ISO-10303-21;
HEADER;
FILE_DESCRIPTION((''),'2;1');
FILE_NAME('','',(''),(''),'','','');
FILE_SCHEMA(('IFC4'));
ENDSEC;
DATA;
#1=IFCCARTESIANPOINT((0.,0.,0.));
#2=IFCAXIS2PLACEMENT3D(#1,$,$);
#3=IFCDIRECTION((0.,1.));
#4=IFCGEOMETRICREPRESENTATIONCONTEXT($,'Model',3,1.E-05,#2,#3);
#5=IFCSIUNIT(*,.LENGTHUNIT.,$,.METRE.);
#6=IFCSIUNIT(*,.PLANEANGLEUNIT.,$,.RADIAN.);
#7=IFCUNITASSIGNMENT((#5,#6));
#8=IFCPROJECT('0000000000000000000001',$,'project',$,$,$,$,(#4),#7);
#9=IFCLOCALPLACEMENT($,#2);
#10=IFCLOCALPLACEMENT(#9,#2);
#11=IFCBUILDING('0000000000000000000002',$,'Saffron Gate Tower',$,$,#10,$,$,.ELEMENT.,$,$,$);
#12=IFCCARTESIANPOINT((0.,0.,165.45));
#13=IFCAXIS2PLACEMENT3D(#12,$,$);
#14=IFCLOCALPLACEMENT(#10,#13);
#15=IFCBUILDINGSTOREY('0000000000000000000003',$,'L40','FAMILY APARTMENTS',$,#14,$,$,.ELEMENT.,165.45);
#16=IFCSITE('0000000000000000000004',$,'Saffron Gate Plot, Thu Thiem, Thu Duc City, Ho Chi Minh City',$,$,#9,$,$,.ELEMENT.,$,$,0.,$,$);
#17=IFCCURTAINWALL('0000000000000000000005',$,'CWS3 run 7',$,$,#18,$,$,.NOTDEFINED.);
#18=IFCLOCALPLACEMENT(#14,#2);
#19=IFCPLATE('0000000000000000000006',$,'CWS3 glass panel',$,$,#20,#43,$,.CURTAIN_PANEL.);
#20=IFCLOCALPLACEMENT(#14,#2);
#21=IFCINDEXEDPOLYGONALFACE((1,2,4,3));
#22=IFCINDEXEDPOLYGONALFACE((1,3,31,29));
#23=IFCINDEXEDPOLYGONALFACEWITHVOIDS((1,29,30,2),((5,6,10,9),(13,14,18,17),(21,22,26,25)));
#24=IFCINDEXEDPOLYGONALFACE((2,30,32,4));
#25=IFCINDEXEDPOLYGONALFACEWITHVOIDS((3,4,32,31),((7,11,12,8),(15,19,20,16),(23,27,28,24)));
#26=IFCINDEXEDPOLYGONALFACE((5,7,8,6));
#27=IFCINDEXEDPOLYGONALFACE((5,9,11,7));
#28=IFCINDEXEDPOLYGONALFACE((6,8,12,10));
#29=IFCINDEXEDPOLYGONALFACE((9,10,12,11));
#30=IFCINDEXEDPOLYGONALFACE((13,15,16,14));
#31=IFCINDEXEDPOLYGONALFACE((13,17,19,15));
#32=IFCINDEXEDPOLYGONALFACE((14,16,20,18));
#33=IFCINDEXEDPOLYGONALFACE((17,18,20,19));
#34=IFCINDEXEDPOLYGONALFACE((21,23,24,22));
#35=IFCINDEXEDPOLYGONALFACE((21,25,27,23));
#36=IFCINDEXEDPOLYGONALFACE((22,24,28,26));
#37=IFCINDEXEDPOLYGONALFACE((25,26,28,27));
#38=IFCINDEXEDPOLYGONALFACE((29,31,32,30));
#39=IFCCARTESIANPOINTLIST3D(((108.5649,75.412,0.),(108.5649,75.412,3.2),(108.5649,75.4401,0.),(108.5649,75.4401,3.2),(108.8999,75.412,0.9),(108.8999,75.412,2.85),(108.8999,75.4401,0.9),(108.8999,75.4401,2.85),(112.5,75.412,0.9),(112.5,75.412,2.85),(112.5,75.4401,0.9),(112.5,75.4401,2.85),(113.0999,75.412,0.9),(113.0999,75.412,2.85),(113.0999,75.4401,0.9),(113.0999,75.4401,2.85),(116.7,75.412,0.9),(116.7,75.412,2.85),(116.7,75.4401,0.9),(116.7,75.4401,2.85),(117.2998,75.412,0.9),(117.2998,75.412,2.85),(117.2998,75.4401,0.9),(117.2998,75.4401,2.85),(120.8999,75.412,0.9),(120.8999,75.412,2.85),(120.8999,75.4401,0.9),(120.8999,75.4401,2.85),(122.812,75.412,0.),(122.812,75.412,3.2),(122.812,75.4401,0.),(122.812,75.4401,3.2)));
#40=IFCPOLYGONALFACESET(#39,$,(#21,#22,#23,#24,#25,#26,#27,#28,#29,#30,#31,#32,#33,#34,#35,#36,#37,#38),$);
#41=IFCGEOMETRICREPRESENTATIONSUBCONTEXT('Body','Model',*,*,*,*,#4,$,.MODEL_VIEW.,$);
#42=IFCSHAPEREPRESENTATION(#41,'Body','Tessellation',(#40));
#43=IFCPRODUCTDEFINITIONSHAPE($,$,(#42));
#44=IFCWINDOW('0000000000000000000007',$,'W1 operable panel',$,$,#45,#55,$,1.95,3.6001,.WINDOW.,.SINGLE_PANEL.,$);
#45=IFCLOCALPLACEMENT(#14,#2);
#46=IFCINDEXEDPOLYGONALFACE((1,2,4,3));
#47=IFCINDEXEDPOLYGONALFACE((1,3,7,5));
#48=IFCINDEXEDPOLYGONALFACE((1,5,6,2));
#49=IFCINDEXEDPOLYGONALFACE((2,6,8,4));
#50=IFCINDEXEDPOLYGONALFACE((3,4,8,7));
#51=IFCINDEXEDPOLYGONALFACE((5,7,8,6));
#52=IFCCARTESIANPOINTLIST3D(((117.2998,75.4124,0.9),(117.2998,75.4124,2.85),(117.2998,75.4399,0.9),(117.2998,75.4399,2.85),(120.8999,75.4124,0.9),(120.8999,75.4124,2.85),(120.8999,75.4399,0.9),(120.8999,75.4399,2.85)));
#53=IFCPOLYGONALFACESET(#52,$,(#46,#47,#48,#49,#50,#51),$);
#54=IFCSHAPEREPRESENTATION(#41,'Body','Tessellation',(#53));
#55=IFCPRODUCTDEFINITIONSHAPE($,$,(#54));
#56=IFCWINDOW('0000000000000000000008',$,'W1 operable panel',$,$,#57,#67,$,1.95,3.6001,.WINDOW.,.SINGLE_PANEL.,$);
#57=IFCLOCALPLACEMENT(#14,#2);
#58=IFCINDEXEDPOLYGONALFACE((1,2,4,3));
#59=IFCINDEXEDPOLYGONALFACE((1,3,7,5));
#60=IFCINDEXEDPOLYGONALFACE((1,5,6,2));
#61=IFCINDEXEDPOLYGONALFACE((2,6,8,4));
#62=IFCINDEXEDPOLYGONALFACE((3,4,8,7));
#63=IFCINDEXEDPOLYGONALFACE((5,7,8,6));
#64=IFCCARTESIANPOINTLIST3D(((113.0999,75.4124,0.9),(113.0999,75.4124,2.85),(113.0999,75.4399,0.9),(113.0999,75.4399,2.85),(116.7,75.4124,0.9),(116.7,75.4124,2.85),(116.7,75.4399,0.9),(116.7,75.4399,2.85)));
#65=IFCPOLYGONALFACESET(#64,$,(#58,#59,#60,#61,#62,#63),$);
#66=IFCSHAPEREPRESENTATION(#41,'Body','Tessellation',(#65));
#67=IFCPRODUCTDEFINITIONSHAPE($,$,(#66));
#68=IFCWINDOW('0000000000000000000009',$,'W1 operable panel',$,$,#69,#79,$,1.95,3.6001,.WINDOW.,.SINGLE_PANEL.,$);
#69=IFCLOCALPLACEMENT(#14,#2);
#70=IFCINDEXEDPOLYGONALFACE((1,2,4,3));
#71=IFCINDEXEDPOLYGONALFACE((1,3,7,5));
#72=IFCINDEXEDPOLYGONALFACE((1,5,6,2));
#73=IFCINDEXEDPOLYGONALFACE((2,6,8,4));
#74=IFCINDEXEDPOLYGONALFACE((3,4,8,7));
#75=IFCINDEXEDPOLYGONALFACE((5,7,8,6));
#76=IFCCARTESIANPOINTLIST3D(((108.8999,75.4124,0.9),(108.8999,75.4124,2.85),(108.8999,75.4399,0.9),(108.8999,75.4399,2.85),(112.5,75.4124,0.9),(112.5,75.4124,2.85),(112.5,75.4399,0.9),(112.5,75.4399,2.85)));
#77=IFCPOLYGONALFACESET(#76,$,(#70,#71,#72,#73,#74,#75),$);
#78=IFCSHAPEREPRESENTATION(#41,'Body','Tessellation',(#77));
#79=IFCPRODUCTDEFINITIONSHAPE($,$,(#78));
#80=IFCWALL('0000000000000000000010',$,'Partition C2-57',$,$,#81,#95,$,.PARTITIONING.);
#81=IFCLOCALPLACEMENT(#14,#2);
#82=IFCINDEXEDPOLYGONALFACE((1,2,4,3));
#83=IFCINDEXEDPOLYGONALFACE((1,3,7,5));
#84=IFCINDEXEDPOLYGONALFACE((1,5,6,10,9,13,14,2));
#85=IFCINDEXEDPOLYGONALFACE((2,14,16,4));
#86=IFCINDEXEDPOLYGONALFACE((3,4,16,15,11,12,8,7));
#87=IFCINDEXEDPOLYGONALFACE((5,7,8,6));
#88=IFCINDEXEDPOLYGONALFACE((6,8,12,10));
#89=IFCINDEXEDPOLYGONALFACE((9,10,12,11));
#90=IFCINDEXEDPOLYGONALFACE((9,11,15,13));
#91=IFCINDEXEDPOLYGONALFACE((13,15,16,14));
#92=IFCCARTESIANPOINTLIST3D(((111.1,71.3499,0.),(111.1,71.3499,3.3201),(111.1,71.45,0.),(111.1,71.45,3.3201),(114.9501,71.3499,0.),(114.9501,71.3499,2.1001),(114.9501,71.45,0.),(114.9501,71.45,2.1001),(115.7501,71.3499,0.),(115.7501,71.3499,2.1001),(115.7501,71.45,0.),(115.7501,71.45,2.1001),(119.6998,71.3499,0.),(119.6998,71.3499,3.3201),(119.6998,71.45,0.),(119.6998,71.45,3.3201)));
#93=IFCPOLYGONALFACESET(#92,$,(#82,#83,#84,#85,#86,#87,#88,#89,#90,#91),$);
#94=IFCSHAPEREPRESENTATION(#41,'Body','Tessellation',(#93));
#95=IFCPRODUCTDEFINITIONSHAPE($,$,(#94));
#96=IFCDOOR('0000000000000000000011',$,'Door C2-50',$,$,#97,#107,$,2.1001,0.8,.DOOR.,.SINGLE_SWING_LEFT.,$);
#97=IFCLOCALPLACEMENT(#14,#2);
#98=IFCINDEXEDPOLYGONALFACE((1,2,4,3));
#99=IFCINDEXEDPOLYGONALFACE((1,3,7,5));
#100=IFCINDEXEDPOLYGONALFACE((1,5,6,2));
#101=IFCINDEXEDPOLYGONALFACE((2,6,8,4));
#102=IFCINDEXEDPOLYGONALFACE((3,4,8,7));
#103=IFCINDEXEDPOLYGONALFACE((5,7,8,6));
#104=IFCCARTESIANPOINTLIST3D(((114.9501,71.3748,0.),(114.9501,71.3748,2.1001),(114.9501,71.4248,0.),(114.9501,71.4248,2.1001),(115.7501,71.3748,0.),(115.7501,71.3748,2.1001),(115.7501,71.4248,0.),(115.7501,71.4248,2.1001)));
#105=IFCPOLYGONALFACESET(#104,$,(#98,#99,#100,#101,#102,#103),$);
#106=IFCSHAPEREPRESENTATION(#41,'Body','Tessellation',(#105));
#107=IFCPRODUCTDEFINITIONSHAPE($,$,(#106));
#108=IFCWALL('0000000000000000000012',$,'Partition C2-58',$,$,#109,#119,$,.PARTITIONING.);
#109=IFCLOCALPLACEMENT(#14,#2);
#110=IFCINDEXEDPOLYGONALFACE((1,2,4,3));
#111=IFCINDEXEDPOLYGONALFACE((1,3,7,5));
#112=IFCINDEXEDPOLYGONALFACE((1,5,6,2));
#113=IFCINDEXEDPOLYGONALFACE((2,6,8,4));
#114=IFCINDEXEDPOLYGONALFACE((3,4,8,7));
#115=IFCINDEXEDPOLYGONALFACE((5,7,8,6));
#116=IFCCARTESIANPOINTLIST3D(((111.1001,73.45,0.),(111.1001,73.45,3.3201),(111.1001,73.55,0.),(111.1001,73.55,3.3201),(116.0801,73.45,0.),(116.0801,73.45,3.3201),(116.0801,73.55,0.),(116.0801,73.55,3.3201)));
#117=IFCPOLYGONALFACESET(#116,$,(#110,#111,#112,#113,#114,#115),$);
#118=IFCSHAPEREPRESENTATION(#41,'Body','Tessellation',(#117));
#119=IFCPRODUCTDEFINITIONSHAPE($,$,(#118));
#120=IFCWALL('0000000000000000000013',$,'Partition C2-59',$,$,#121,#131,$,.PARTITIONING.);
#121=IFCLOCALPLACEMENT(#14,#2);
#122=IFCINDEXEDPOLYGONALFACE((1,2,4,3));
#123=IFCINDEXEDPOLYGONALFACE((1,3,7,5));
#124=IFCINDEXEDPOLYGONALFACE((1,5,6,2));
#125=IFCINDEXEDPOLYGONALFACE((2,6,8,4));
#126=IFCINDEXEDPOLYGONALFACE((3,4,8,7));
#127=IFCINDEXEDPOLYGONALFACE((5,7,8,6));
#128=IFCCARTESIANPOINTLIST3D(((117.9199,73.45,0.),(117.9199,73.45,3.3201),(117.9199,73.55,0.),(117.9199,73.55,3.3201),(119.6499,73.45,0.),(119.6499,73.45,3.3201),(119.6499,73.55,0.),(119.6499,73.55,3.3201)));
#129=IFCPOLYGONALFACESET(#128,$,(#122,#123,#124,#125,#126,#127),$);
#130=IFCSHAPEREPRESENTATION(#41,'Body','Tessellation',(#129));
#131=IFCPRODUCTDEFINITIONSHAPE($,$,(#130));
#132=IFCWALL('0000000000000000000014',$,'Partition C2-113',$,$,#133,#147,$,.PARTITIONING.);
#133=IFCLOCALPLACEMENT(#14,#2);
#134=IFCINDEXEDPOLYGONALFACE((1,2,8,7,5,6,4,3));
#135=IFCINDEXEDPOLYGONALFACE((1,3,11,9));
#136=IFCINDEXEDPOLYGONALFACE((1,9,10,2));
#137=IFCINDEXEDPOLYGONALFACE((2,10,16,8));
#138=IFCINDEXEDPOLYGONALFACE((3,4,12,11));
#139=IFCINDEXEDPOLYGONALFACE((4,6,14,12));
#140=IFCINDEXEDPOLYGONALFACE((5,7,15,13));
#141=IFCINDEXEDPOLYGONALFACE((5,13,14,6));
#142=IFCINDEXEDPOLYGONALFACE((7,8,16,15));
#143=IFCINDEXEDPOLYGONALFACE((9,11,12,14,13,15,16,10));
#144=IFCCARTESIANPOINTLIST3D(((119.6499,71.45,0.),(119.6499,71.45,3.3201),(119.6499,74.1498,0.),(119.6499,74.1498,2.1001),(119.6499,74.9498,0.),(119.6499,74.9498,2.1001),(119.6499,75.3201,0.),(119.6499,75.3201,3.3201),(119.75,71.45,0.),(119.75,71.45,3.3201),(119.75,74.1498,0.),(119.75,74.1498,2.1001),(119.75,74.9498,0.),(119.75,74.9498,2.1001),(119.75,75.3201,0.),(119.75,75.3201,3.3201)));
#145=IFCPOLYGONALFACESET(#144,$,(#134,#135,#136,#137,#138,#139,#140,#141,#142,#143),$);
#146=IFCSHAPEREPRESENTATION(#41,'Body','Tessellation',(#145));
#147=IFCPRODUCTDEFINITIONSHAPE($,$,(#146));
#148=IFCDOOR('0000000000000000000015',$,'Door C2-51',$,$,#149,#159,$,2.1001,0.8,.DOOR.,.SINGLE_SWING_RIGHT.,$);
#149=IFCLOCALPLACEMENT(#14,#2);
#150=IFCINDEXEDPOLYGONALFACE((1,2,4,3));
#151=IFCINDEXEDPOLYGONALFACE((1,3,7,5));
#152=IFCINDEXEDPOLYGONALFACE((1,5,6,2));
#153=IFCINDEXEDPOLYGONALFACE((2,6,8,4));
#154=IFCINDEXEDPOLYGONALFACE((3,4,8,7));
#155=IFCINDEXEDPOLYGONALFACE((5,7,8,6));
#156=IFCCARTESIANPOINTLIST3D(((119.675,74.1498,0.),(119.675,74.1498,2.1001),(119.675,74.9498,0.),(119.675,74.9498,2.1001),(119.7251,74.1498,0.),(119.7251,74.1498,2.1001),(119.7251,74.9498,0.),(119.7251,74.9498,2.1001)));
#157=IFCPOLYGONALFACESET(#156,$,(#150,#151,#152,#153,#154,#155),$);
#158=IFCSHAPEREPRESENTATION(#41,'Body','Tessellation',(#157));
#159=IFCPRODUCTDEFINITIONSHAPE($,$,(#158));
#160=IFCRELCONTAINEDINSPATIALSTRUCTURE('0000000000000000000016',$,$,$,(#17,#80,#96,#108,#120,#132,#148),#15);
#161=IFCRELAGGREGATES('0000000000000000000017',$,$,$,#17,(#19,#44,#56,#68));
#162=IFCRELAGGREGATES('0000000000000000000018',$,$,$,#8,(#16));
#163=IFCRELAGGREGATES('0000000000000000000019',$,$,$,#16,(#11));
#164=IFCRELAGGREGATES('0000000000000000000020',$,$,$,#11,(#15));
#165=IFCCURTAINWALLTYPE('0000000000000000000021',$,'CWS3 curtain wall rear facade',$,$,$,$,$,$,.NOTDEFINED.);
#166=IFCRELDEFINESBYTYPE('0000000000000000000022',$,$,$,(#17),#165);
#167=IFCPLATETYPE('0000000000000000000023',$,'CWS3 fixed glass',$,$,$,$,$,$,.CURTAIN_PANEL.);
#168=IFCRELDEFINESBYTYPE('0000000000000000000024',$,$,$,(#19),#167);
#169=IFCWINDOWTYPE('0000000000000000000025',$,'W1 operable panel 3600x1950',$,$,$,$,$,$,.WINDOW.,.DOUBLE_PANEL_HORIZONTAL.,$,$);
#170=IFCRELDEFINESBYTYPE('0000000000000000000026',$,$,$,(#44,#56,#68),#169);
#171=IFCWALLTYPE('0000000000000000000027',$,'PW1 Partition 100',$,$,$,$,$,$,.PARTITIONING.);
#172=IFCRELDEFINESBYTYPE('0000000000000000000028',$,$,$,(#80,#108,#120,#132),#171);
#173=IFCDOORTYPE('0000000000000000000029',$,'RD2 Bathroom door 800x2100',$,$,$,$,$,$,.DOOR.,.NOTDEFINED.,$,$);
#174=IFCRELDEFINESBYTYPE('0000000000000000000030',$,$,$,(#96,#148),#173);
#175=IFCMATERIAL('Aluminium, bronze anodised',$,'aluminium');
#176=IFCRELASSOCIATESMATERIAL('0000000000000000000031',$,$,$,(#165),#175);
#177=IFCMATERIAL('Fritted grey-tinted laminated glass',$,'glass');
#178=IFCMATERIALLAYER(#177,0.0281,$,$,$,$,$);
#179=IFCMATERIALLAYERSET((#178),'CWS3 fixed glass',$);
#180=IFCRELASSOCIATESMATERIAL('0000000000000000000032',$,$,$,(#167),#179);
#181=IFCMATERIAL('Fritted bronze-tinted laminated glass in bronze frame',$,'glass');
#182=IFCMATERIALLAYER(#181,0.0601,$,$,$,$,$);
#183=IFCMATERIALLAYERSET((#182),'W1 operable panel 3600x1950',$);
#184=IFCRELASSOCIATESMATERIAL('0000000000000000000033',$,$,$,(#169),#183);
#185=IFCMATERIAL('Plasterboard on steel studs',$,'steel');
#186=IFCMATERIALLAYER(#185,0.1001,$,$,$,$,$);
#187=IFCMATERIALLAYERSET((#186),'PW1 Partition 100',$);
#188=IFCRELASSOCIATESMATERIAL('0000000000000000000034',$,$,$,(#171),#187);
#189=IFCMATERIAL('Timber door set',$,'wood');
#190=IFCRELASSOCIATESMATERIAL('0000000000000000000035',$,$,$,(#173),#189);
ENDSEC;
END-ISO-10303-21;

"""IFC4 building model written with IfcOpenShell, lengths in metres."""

from ifc_helpers import new_model, si_unit, direction, frame, frame_2d, origin, place, context, subcontext, project, spatial, rectangle, extrude, material, layer, layer_set, type_object, element, fill, aggregate, save


model = new_model("IFC4")

# Units and contexts
model_context = context("Model", 3, precision=1e-05, world=origin(), true_north=direction((0.0, 1.0)))
body_context = subcontext(model_context, "Body", "Model", "MODEL_VIEW")
ifc_project = project(units=[si_unit("LENGTHUNIT", "METRE"), si_unit("PLANEANGLEUNIT", "RADIAN")], contexts=[model_context])

# Site, building, storey
site_placement = place(None, origin())
site = spatial("IfcSite", under=ifc_project, at=site_placement, Name="Saffron Gate Plot, Thu Thiem, Thu Duc City, Ho Chi Minh City", CompositionType="ELEMENT", RefElevation=0.0)
building_placement = place(site_placement, origin())
building = spatial("IfcBuilding", under=site, at=building_placement, Name="Saffron Gate Tower", CompositionType="ELEMENT")
storey_placement = place(building_placement, frame((0.0, 0.0, 165.45)))
storey = spatial("IfcBuildingStorey", under=building, at=storey_placement, Name="L40", Description="FAMILY APARTMENTS", CompositionType="ELEMENT", Elevation=165.45)

# Curtain wall
ifc_material_1 = material(Name="Aluminium, bronze anodised", Category="aluminium")
curtain_wall_type_1 = type_object("IfcCurtainWallType", Name="CWS3 curtain wall rear facade", PredefinedType="NOTDEFINED", material=ifc_material_1)
curtain_wall_1_placement = place(storey_placement, origin())
curtain_wall_1 = element("IfcCurtainWall", 1, at=curtain_wall_1_placement, inside=storey, type_object=curtain_wall_type_1, Name="CWS3 run 7", PredefinedType="NOTDEFINED")

# Plate, openings, windows
ifc_material_2 = material(Name="Fritted grey-tinted laminated glass", Category="glass")
ifc_layer_1 = layer(ifc_material_2, 0.0281)
ifc_layer_set_1 = layer_set([ifc_layer_1], Name="CWS3 fixed glass")
plate_type = type_object("IfcPlateType", Name="CWS3 fixed glass", PredefinedType="CURTAIN_PANEL", material=ifc_layer_set_1)
plate_placement = place(storey_placement, frame((122.812, 75.426, 0.0), z_axis=(0.0, 0.0, 1.0), x_axis=(-1.0, 0.0, 0.0)))
plate = element("IfcPlate", 2, at=plate_placement, type_object=plate_type, Name="CWS3 glass panel", PredefinedType="CURTAIN_PANEL", context=body_context, shape_type="SweptSolid", body=[
    extrude(rectangle(XDim=14.2471, YDim=0.0281, at=frame_2d((7.1235, 0.0))), origin(), (0.0, 0.0, 1.0), 3.2),
])
opening_1_placement = place(plate_placement, frame((1.9121, 0.0, 0.8999)))
opening_1 = element("IfcOpeningElement", 3, at=opening_1_placement, cuts=plate, PredefinedType="OPENING", context=body_context, shape_type="SweptSolid", body=[
    extrude(rectangle(XDim=3.6001, YDim=1.95, at=frame_2d((1.8, 0.9751))), frame((0.0, 0.0239, 0.0), z_axis=(0.0, -1.0, 0.0), x_axis=(1.0, 0.0, 0.0)), (0.0, 0.0, 1.0), 0.0481),
])
opening_2_placement = place(plate_placement, frame((6.1121, 0.0, 0.8999)))
opening_2 = element("IfcOpeningElement", 4, at=opening_2_placement, cuts=plate, PredefinedType="OPENING", context=body_context, shape_type="SweptSolid", body=[
    extrude(rectangle(XDim=3.6001, YDim=1.95, at=frame_2d((1.8, 0.9751))), frame((0.0, 0.0239, 0.0), z_axis=(0.0, -1.0, 0.0), x_axis=(1.0, 0.0, 0.0)), (0.0, 0.0, 1.0), 0.0481),
])
opening_3_placement = place(plate_placement, frame((10.312, 0.0, 0.8999)))
opening_3 = element("IfcOpeningElement", 5, at=opening_3_placement, cuts=plate, PredefinedType="OPENING", context=body_context, shape_type="SweptSolid", body=[
    extrude(rectangle(XDim=3.6001, YDim=1.95, at=frame_2d((1.8, 0.9751))), frame((0.0, 0.0239, 0.0), z_axis=(0.0, -1.0, 0.0), x_axis=(1.0, 0.0, 0.0)), (0.0, 0.0, 1.0), 0.0481),
])
ifc_material_3 = material(Name="Fritted bronze-tinted laminated glass in bronze frame", Category="glass")
ifc_layer_2 = layer(ifc_material_3, 0.0601)
ifc_layer_set_2 = layer_set([ifc_layer_2], Name="W1 operable panel 3600x1950")
window_type = type_object("IfcWindowType", Name="W1 operable panel 3600x1950", PartitioningType="DOUBLE_PANEL_HORIZONTAL", PredefinedType="WINDOW", material=ifc_layer_set_2)
window_1_placement = place(opening_1_placement, origin())
window_1 = element("IfcWindow", 6, at=window_1_placement, type_object=window_type, Name="W1 operable panel", OverallHeight=1.95, OverallWidth=3.6001, PartitioningType="SINGLE_PANEL", PredefinedType="WINDOW", context=body_context, shape_type="SweptSolid", body=[
    extrude(rectangle(XDim=3.6001, YDim=1.95, at=frame_2d((1.8, 0.9751))), frame((0.0, 0.0137, 0.0), z_axis=(0.0, -1.0, 0.0), x_axis=(1.0, 0.0, 0.0)), (0.0, 0.0, 1.0), 0.0276),
])
fill(opening_1, window_1)
window_2_placement = place(opening_2_placement, origin())
window_2 = element("IfcWindow", 7, at=window_2_placement, type_object=window_type, Name="W1 operable panel", OverallHeight=1.95, OverallWidth=3.6001, PartitioningType="SINGLE_PANEL", PredefinedType="WINDOW", context=body_context, shape_type="SweptSolid", body=[
    extrude(rectangle(XDim=3.6001, YDim=1.95, at=frame_2d((1.8, 0.9751))), frame((0.0, 0.0137, 0.0), z_axis=(0.0, -1.0, 0.0), x_axis=(1.0, 0.0, 0.0)), (0.0, 0.0, 1.0), 0.0276),
])
fill(opening_2, window_2)
window_3_placement = place(opening_3_placement, origin())
window_3 = element("IfcWindow", 8, at=window_3_placement, type_object=window_type, Name="W1 operable panel", OverallHeight=1.95, OverallWidth=3.6001, PartitioningType="SINGLE_PANEL", PredefinedType="WINDOW", context=body_context, shape_type="SweptSolid", body=[
    extrude(rectangle(XDim=3.6001, YDim=1.95, at=frame_2d((1.8, 0.9751))), frame((0.0, 0.0137, 0.0), z_axis=(0.0, -1.0, 0.0), x_axis=(1.0, 0.0, 0.0)), (0.0, 0.0, 1.0), 0.0276),
])
fill(opening_3, window_3)
aggregate(curtain_wall_1, [plate, window_1, window_2, window_3])

# Wall, opening, door
ifc_material_4 = material(Name="Plasterboard on steel studs", Category="steel")
ifc_layer_3 = layer(ifc_material_4, 0.1001)
ifc_layer_set_3 = layer_set([ifc_layer_3], Name="PW1 Partition 100")
wall_type = type_object("IfcWallType", Name="PW1 Partition 100", PredefinedType="PARTITIONING", material=ifc_layer_set_3)
wall_1_placement = place(storey_placement, frame((111.1001, 71.3999, 0.0), z_axis=(0.0, 0.0, 1.0), x_axis=(1.0, 0.0, 0.0)))
wall_1 = element("IfcWall", 9, at=wall_1_placement, inside=storey, type_object=wall_type, Name="Partition C2-57", PredefinedType="PARTITIONING", context=body_context, shape_type="SweptSolid", body=[
    extrude(rectangle(XDim=8.5999, YDim=0.1001, at=frame_2d((4.2998, 0.0))), origin(), (0.0, 0.0, 1.0), 3.3201),
])
opening_4_placement = place(wall_1_placement, frame((3.8501, 0.0, 0.0)))
opening_4 = element("IfcOpeningElement", 10, at=opening_4_placement, cuts=wall_1, PredefinedType="OPENING", context=body_context, shape_type="SweptSolid", body=[
    extrude(rectangle(XDim=0.8, YDim=2.1001, at=frame_2d((0.3999, 1.05))), frame((0.0, 0.0601, 0.0), z_axis=(0.0, -1.0, 0.0), x_axis=(1.0, 0.0, 0.0)), (0.0, 0.0, 1.0), 0.1201),
])
ifc_material_5 = material(Name="Timber door set", Category="wood")
door_type_1 = type_object("IfcDoorType", Name="RD2 Bathroom door 800x2100", OperationType="NOTDEFINED", PredefinedType="DOOR", material=ifc_material_5)
door_1_placement = place(opening_4_placement, origin())
door_1 = element("IfcDoor", 11, at=door_1_placement, inside=storey, type_object=door_type_1, Name="Door C2-50", OperationType="SINGLE_SWING_LEFT", OverallHeight=2.1001, OverallWidth=0.8, PredefinedType="DOOR", context=body_context, shape_type="SweptSolid", body=[
    extrude(rectangle(XDim=0.8, YDim=2.1001, at=frame_2d((0.3999, 1.05))), frame((0.0, 0.0249, 0.0), z_axis=(0.0, -1.0, 0.0), x_axis=(1.0, 0.0, 0.0)), (0.0, 0.0, 1.0), 0.05),
])
fill(opening_4, door_1)

# Walls
wall_2_placement = place(storey_placement, frame((111.1001, 73.5, 0.0), z_axis=(0.0, 0.0, 1.0), x_axis=(1.0, 0.0, 0.0)))
element("IfcWall", 12, at=wall_2_placement, inside=storey, type_object=wall_type, Name="Partition C2-58", PredefinedType="PARTITIONING", context=body_context, shape_type="SweptSolid", body=[
    extrude(rectangle(XDim=4.98, YDim=0.1001, at=frame_2d((2.49, 0.0))), origin(), (0.0, 0.0, 1.0), 3.3201),
])
wall_3_placement = place(storey_placement, frame((117.9199, 73.5, 0.0), z_axis=(0.0, 0.0, 1.0), x_axis=(1.0, 0.0, 0.0)))
element("IfcWall", 13, at=wall_3_placement, inside=storey, type_object=wall_type, Name="Partition C2-59", PredefinedType="PARTITIONING", context=body_context, shape_type="SweptSolid", body=[
    extrude(rectangle(XDim=1.73, YDim=0.1001, at=frame_2d((0.865, 0.0))), origin(), (0.0, 0.0, 1.0), 3.3201),
])

# Wall, opening, door
wall_4_placement = place(storey_placement, frame((119.7, 71.45, 0.0), z_axis=(0.0, 0.0, 1.0), x_axis=(0.0, 1.0, 0.0)))
wall_4 = element("IfcWall", 14, at=wall_4_placement, inside=storey, type_object=wall_type, Name="Partition C2-113", PredefinedType="PARTITIONING", context=body_context, shape_type="SweptSolid", body=[
    extrude(rectangle(XDim=3.8701, YDim=0.1001, at=frame_2d((1.9351, 0.0))), origin(), (0.0, 0.0, 1.0), 3.3201),
])
opening_5_placement = place(wall_4_placement, frame((2.7, 0.0, 0.0)))
opening_5 = element("IfcOpeningElement", 15, at=opening_5_placement, cuts=wall_4, PredefinedType="OPENING", context=body_context, shape_type="SweptSolid", body=[
    extrude(rectangle(XDim=0.8, YDim=2.1001, at=frame_2d((0.3999, 1.05))), frame((0.0, 0.0601, 0.0), z_axis=(0.0, -1.0, 0.0), x_axis=(1.0, 0.0, 0.0)), (0.0, 0.0, 1.0), 0.1201),
])
door_2_placement = place(opening_5_placement, origin())
door_2 = element("IfcDoor", 16, at=door_2_placement, inside=storey, type_object=door_type_1, Name="Door C2-51", OperationType="SINGLE_SWING_RIGHT", OverallHeight=2.1001, OverallWidth=0.8, PredefinedType="DOOR", context=body_context, shape_type="SweptSolid", body=[
    extrude(rectangle(XDim=0.8, YDim=2.1001, at=frame_2d((0.3999, 1.05))), frame((0.0, 0.0249, 0.0), z_axis=(0.0, -1.0, 0.0), x_axis=(1.0, 0.0, 0.0)), (0.0, 0.0, 1.0), 0.05),
])
fill(opening_5, door_2)

save(model, "model.ifc")
